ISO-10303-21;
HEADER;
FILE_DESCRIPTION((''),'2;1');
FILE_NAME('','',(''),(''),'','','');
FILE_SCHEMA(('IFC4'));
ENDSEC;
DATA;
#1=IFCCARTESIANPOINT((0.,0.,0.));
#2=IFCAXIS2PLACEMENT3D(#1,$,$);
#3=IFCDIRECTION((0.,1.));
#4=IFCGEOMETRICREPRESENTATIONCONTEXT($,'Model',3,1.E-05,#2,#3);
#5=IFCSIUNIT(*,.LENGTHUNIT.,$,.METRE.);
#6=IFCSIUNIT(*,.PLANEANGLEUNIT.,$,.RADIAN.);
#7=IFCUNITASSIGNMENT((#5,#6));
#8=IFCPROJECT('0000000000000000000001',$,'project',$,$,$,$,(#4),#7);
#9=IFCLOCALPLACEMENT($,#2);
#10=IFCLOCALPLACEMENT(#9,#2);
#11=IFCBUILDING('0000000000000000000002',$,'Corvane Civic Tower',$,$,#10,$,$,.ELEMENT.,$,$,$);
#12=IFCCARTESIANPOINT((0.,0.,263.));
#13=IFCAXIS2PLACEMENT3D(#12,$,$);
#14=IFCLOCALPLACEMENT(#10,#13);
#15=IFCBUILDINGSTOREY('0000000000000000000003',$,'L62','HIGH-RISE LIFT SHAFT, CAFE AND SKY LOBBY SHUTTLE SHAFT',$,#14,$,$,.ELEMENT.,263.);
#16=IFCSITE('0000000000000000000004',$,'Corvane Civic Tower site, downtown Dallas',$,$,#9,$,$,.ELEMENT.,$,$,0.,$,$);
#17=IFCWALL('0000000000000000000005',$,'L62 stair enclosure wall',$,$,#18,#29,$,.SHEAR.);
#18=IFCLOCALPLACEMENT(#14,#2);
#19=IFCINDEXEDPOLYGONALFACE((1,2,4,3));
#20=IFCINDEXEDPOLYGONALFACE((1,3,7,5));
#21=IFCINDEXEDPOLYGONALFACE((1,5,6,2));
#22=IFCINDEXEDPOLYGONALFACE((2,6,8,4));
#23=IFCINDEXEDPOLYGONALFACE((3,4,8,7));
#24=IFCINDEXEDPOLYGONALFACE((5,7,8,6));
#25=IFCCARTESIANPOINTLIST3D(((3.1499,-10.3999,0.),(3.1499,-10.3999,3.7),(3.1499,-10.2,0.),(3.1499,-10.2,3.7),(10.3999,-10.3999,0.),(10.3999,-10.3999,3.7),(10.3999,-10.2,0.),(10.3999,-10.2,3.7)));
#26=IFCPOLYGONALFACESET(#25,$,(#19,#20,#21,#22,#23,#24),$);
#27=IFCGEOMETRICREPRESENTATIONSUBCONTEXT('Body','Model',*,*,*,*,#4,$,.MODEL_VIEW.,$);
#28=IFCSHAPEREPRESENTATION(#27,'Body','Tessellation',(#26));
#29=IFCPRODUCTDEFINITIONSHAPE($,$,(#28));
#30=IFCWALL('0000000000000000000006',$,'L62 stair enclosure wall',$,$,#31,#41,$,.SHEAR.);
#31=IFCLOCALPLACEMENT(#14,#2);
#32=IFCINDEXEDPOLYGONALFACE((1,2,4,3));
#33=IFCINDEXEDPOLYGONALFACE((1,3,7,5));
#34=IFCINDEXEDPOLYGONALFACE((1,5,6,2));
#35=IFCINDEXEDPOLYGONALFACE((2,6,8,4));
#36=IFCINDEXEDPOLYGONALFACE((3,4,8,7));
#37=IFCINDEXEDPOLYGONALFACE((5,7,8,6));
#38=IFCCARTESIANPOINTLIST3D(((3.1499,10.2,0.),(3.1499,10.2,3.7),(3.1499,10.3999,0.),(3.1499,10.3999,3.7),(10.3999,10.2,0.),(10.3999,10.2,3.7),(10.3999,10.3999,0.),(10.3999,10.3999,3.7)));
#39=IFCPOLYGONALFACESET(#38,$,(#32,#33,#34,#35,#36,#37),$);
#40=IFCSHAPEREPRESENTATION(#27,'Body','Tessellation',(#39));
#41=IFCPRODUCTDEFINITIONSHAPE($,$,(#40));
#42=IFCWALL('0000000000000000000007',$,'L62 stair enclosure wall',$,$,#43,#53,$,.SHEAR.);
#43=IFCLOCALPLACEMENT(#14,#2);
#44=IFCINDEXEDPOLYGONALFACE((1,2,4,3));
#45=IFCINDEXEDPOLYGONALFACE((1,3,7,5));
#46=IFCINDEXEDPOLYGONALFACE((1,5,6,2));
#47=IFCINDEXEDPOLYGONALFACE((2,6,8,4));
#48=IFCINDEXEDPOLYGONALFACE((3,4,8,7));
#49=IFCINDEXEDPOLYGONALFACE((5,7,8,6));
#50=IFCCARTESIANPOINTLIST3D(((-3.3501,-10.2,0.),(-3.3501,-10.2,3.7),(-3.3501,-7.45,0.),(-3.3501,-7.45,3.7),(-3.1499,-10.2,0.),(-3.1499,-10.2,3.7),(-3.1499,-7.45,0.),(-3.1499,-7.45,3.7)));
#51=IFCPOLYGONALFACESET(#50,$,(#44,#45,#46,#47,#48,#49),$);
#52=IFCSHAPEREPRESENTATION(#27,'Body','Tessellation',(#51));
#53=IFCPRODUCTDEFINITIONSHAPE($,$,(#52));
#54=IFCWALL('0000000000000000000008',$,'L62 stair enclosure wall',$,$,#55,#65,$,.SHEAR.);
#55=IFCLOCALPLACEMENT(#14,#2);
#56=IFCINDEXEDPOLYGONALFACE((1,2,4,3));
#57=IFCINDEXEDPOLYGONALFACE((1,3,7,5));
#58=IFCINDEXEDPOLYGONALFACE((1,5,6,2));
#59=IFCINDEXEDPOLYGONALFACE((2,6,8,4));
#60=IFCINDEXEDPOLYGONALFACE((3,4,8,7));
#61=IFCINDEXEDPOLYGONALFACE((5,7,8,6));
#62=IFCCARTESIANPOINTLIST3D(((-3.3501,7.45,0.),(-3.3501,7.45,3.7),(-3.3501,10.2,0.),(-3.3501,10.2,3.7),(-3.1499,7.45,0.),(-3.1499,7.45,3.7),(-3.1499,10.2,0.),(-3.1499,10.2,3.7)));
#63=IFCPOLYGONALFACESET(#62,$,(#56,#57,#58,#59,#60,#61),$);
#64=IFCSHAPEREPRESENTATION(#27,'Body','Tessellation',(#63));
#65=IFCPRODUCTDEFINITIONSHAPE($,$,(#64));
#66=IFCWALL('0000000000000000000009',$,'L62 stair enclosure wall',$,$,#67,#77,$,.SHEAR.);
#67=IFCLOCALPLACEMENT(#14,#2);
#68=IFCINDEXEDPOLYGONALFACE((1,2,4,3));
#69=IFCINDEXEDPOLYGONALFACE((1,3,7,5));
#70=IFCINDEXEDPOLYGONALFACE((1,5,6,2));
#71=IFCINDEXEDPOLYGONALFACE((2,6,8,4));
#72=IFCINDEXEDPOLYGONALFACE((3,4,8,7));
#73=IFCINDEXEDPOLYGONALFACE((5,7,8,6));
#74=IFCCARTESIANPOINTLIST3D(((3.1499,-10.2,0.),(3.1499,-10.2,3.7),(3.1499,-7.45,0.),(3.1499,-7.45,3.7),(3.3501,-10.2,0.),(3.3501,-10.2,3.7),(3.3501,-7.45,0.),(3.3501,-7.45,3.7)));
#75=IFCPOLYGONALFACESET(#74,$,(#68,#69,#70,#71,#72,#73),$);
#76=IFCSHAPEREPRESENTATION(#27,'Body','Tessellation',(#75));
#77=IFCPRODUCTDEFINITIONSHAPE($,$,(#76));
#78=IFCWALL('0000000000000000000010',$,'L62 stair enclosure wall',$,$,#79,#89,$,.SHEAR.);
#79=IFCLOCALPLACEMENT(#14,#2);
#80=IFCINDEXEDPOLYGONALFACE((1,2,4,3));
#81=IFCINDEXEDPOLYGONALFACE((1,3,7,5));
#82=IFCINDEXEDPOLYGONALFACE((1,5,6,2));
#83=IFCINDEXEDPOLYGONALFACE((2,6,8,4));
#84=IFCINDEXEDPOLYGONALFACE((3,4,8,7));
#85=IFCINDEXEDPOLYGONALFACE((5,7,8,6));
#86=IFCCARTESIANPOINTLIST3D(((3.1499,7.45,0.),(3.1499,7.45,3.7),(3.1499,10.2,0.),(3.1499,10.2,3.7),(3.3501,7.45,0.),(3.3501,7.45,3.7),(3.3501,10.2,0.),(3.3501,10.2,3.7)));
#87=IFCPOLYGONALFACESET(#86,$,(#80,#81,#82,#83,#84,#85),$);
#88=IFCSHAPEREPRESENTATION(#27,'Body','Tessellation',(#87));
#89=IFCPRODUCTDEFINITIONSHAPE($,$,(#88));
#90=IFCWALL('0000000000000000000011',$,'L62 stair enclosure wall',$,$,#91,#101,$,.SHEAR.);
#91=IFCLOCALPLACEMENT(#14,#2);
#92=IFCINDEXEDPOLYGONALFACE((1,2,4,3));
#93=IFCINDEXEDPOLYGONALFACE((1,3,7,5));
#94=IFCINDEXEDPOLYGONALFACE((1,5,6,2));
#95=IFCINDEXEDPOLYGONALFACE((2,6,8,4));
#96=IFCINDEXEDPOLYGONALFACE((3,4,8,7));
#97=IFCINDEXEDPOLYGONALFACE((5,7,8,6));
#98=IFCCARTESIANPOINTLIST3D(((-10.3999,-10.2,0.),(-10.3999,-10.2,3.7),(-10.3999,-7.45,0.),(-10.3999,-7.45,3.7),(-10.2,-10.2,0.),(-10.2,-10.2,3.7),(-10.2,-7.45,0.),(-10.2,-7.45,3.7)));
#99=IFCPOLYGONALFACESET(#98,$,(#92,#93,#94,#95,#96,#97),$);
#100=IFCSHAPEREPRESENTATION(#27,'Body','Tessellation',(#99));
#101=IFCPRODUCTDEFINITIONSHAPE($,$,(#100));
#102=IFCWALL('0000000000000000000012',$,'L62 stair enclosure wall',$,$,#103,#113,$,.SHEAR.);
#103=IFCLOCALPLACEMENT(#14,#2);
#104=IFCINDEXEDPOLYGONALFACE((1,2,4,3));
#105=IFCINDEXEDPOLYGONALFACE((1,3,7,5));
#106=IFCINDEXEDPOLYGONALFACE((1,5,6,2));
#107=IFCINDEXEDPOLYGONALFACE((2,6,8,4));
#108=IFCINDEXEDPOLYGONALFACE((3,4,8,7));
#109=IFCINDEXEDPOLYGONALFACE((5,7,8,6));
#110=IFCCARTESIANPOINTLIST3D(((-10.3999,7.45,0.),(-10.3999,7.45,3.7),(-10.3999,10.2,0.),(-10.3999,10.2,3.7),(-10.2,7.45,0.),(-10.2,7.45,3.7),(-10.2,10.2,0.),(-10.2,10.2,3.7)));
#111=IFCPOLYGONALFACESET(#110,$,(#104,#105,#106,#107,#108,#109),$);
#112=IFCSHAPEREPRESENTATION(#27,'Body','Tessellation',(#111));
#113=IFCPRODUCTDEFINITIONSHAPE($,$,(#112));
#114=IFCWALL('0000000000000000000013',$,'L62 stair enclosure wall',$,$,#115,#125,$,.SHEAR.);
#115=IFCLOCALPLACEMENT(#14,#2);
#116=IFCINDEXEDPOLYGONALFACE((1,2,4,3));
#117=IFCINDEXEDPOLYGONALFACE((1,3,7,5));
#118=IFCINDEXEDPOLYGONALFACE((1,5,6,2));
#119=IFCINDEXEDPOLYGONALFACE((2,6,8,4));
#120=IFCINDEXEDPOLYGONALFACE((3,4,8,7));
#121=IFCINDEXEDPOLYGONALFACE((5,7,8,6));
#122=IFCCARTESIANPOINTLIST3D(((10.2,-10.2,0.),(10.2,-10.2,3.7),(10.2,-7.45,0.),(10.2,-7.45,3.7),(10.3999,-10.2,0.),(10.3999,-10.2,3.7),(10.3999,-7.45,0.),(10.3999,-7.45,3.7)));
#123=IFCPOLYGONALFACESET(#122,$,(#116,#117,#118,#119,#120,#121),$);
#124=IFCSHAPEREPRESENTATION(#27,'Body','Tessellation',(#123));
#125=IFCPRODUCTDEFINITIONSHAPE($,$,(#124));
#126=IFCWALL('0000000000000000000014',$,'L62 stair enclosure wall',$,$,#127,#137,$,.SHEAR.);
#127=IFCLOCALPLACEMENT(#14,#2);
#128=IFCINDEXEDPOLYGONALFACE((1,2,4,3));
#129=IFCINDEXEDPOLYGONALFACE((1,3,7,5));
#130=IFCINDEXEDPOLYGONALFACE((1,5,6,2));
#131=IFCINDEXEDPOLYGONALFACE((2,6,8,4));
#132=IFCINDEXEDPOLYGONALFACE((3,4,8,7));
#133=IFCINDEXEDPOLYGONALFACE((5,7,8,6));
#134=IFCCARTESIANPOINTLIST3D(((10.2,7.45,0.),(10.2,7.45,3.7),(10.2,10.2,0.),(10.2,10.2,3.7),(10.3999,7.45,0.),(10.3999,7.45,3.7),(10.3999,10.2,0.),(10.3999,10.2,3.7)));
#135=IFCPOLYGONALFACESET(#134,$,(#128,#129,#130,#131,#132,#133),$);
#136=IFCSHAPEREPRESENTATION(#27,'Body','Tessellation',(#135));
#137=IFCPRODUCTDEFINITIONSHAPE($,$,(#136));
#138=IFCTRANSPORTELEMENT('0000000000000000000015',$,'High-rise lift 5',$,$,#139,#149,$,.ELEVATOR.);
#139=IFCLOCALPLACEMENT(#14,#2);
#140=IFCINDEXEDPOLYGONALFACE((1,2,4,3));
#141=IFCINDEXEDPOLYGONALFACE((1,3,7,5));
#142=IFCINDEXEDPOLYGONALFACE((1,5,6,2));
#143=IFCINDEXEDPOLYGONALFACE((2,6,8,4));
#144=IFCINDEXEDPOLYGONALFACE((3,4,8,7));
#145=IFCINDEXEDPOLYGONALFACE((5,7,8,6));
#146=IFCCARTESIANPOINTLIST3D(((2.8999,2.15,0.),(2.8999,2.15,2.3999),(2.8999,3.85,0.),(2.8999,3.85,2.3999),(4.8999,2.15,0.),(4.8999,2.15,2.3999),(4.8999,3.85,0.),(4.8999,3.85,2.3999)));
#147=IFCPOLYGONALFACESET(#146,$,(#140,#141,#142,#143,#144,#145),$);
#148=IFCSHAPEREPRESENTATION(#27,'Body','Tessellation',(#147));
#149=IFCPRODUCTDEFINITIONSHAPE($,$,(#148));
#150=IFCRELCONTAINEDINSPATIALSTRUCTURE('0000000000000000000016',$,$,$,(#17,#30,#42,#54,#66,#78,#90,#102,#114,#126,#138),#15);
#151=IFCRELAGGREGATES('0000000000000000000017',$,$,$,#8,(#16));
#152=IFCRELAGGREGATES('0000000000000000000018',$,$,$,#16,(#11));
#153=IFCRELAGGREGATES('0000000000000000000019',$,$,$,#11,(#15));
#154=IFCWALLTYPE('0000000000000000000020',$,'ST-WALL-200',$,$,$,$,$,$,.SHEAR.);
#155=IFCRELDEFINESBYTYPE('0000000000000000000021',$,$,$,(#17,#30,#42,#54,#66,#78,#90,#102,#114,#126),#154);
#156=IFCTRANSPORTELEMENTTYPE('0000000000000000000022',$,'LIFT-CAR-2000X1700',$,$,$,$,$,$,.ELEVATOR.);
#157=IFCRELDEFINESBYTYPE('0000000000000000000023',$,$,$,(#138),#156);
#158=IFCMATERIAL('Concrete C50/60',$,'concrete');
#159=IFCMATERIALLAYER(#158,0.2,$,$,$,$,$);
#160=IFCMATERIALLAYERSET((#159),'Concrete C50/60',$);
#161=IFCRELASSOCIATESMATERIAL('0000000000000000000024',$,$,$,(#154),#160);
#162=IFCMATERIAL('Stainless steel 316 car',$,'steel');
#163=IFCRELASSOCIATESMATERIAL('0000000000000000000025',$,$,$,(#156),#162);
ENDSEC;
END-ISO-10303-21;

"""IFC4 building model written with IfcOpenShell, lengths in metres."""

from ifc_helpers import new_model, si_unit, direction, frame, origin, origin_2d, place, context, subcontext, project, spatial, polyline, rectangle, outline, extrude, material, layer, layer_set, type_object, element, save


model = new_model("IFC4")

# Units and contexts
model_context = context("Model", 3, precision=1e-05, world=origin(), true_north=direction((0.0, 1.0)))
body_context = subcontext(model_context, "Body", "Model", "MODEL_VIEW")
ifc_project = project(units=[si_unit("LENGTHUNIT", "METRE"), si_unit("PLANEANGLEUNIT", "RADIAN")], contexts=[model_context])

# Site, building, storey
site_placement = place(None, origin())
site = spatial("IfcSite", under=ifc_project, at=site_placement, Name="Corvane Civic Tower site, downtown Dallas", CompositionType="ELEMENT", RefElevation=0.0)
building_placement = place(site_placement, origin())
building = spatial("IfcBuilding", under=site, at=building_placement, Name="Corvane Civic Tower", CompositionType="ELEMENT")
storey_placement = place(building_placement, frame((0.0, 0.0, 263.0)))
storey = spatial("IfcBuildingStorey", under=building, at=storey_placement, Name="L62", Description="HIGH-RISE LIFT SHAFT, CAFE AND SKY LOBBY SHUTTLE SHAFT", CompositionType="ELEMENT", Elevation=263.0)

# Shared definitions
ifc_material_1 = material(Name="Concrete C50/60", Category="concrete")
ifc_layer_1 = layer(ifc_material_1, 0.2)
ifc_layer_set_1 = layer_set([ifc_layer_1], Name="Concrete C50/60")
wall_type_1 = type_object("IfcWallType", Name="ST-WALL-200", PredefinedType="SHEAR", material=ifc_layer_set_1)

# Walls
wall_1_placement = place(storey_placement, origin())
element("IfcWall", 1, at=wall_1_placement, inside=storey, type_object=wall_type_1, Name="L62 stair enclosure wall", PredefinedType="SHEAR", context=body_context, shape_type="SweptSolid", body=[
    extrude(outline(polyline([(10.3999, -10.3999), (3.1499, -10.3999), (3.1499, -10.2), (10.3999, -10.2), (10.3999, -10.3999)])), origin(), (0.0, 0.0, 1.0), 3.7),
])
wall_2_placement = place(storey_placement, origin())
element("IfcWall", 2, at=wall_2_placement, inside=storey, type_object=wall_type_1, Name="L62 stair enclosure wall", PredefinedType="SHEAR", context=body_context, shape_type="SweptSolid", body=[
    extrude(outline(polyline([(10.3999, 10.2), (3.1499, 10.2), (3.1499, 10.3999), (10.3999, 10.3999), (10.3999, 10.2)])), origin(), (0.0, 0.0, 1.0), 3.7),
])
wall_3_placement = place(storey_placement, origin())
element("IfcWall", 3, at=wall_3_placement, inside=storey, type_object=wall_type_1, Name="L62 stair enclosure wall", PredefinedType="SHEAR", context=body_context, shape_type="SweptSolid", body=[
    extrude(outline(polyline([(-3.1499, -7.45), (-3.1499, -10.2), (-3.3501, -10.2), (-3.3501, -7.45), (-3.1499, -7.45)])), origin(), (0.0, 0.0, 1.0), 3.7),
])
wall_4_placement = place(storey_placement, origin())
element("IfcWall", 4, at=wall_4_placement, inside=storey, type_object=wall_type_1, Name="L62 stair enclosure wall", PredefinedType="SHEAR", context=body_context, shape_type="SweptSolid", body=[
    extrude(outline(polyline([(-3.1499, 7.45), (-3.3501, 7.45), (-3.3501, 10.2), (-3.1499, 10.2), (-3.1499, 7.45)])), origin(), (0.0, 0.0, 1.0), 3.7),
])
wall_5_placement = place(storey_placement, origin())
element("IfcWall", 5, at=wall_5_placement, inside=storey, type_object=wall_type_1, Name="L62 stair enclosure wall", PredefinedType="SHEAR", context=body_context, shape_type="SweptSolid", body=[
    extrude(outline(polyline([(3.3501, -7.45), (3.3501, -10.2), (3.1499, -10.2), (3.1499, -7.45), (3.3501, -7.45)])), origin(), (0.0, 0.0, 1.0), 3.7),
])
wall_6_placement = place(storey_placement, origin())
element("IfcWall", 6, at=wall_6_placement, inside=storey, type_object=wall_type_1, Name="L62 stair enclosure wall", PredefinedType="SHEAR", context=body_context, shape_type="SweptSolid", body=[
    extrude(outline(polyline([(3.3501, 7.45), (3.1499, 7.45), (3.1499, 10.2), (3.3501, 10.2), (3.3501, 7.45)])), origin(), (0.0, 0.0, 1.0), 3.7),
])
wall_7_placement = place(storey_placement, origin())
element("IfcWall", 7, at=wall_7_placement, inside=storey, type_object=wall_type_1, Name="L62 stair enclosure wall", PredefinedType="SHEAR", context=body_context, shape_type="SweptSolid", body=[
    extrude(outline(polyline([(-10.2, -7.45), (-10.2, -10.2), (-10.3999, -10.2), (-10.3999, -7.45), (-10.2, -7.45)])), origin(), (0.0, 0.0, 1.0), 3.7),
])
wall_8_placement = place(storey_placement, origin())
element("IfcWall", 8, at=wall_8_placement, inside=storey, type_object=wall_type_1, Name="L62 stair enclosure wall", PredefinedType="SHEAR", context=body_context, shape_type="SweptSolid", body=[
    extrude(outline(polyline([(-10.2, 7.45), (-10.3999, 7.45), (-10.3999, 10.2), (-10.2, 10.2), (-10.2, 7.45)])), origin(), (0.0, 0.0, 1.0), 3.7),
])
wall_9_placement = place(storey_placement, origin())
element("IfcWall", 9, at=wall_9_placement, inside=storey, type_object=wall_type_1, Name="L62 stair enclosure wall", PredefinedType="SHEAR", context=body_context, shape_type="SweptSolid", body=[
    extrude(outline(polyline([(10.3999, -7.45), (10.3999, -10.2), (10.2, -10.2), (10.2, -7.45), (10.3999, -7.45)])), origin(), (0.0, 0.0, 1.0), 3.7),
])
wall_10_placement = place(storey_placement, origin())
element("IfcWall", 10, at=wall_10_placement, inside=storey, type_object=wall_type_1, Name="L62 stair enclosure wall", PredefinedType="SHEAR", context=body_context, shape_type="SweptSolid", body=[
    extrude(outline(polyline([(10.3999, 7.45), (10.2, 7.45), (10.2, 10.2), (10.3999, 10.2), (10.3999, 7.45)])), origin(), (0.0, 0.0, 1.0), 3.7),
])

# Transport element
ifc_material_2 = material(Name="Stainless steel 316 car", Category="steel")
transport_element_type = type_object("IfcTransportElementType", Name="LIFT-CAR-2000X1700", PredefinedType="ELEVATOR", material=ifc_material_2)
transport_element_placement = place(storey_placement, frame((3.8999, 3.0, 0.0), z_axis=(0.0, 0.0, 1.0), x_axis=(1.0, 0.0, 0.0)))
element("IfcTransportElement", 11, at=transport_element_placement, inside=storey, type_object=transport_element_type, Name="High-rise lift 5", PredefinedType="ELEVATOR", context=body_context, shape_type="SweptSolid", body=[
    extrude(rectangle(XDim=2.0, YDim=1.7, at=origin_2d()), origin(), (0.0, 0.0, 1.0), 2.3999),
])

save(model, "model.ifc")
